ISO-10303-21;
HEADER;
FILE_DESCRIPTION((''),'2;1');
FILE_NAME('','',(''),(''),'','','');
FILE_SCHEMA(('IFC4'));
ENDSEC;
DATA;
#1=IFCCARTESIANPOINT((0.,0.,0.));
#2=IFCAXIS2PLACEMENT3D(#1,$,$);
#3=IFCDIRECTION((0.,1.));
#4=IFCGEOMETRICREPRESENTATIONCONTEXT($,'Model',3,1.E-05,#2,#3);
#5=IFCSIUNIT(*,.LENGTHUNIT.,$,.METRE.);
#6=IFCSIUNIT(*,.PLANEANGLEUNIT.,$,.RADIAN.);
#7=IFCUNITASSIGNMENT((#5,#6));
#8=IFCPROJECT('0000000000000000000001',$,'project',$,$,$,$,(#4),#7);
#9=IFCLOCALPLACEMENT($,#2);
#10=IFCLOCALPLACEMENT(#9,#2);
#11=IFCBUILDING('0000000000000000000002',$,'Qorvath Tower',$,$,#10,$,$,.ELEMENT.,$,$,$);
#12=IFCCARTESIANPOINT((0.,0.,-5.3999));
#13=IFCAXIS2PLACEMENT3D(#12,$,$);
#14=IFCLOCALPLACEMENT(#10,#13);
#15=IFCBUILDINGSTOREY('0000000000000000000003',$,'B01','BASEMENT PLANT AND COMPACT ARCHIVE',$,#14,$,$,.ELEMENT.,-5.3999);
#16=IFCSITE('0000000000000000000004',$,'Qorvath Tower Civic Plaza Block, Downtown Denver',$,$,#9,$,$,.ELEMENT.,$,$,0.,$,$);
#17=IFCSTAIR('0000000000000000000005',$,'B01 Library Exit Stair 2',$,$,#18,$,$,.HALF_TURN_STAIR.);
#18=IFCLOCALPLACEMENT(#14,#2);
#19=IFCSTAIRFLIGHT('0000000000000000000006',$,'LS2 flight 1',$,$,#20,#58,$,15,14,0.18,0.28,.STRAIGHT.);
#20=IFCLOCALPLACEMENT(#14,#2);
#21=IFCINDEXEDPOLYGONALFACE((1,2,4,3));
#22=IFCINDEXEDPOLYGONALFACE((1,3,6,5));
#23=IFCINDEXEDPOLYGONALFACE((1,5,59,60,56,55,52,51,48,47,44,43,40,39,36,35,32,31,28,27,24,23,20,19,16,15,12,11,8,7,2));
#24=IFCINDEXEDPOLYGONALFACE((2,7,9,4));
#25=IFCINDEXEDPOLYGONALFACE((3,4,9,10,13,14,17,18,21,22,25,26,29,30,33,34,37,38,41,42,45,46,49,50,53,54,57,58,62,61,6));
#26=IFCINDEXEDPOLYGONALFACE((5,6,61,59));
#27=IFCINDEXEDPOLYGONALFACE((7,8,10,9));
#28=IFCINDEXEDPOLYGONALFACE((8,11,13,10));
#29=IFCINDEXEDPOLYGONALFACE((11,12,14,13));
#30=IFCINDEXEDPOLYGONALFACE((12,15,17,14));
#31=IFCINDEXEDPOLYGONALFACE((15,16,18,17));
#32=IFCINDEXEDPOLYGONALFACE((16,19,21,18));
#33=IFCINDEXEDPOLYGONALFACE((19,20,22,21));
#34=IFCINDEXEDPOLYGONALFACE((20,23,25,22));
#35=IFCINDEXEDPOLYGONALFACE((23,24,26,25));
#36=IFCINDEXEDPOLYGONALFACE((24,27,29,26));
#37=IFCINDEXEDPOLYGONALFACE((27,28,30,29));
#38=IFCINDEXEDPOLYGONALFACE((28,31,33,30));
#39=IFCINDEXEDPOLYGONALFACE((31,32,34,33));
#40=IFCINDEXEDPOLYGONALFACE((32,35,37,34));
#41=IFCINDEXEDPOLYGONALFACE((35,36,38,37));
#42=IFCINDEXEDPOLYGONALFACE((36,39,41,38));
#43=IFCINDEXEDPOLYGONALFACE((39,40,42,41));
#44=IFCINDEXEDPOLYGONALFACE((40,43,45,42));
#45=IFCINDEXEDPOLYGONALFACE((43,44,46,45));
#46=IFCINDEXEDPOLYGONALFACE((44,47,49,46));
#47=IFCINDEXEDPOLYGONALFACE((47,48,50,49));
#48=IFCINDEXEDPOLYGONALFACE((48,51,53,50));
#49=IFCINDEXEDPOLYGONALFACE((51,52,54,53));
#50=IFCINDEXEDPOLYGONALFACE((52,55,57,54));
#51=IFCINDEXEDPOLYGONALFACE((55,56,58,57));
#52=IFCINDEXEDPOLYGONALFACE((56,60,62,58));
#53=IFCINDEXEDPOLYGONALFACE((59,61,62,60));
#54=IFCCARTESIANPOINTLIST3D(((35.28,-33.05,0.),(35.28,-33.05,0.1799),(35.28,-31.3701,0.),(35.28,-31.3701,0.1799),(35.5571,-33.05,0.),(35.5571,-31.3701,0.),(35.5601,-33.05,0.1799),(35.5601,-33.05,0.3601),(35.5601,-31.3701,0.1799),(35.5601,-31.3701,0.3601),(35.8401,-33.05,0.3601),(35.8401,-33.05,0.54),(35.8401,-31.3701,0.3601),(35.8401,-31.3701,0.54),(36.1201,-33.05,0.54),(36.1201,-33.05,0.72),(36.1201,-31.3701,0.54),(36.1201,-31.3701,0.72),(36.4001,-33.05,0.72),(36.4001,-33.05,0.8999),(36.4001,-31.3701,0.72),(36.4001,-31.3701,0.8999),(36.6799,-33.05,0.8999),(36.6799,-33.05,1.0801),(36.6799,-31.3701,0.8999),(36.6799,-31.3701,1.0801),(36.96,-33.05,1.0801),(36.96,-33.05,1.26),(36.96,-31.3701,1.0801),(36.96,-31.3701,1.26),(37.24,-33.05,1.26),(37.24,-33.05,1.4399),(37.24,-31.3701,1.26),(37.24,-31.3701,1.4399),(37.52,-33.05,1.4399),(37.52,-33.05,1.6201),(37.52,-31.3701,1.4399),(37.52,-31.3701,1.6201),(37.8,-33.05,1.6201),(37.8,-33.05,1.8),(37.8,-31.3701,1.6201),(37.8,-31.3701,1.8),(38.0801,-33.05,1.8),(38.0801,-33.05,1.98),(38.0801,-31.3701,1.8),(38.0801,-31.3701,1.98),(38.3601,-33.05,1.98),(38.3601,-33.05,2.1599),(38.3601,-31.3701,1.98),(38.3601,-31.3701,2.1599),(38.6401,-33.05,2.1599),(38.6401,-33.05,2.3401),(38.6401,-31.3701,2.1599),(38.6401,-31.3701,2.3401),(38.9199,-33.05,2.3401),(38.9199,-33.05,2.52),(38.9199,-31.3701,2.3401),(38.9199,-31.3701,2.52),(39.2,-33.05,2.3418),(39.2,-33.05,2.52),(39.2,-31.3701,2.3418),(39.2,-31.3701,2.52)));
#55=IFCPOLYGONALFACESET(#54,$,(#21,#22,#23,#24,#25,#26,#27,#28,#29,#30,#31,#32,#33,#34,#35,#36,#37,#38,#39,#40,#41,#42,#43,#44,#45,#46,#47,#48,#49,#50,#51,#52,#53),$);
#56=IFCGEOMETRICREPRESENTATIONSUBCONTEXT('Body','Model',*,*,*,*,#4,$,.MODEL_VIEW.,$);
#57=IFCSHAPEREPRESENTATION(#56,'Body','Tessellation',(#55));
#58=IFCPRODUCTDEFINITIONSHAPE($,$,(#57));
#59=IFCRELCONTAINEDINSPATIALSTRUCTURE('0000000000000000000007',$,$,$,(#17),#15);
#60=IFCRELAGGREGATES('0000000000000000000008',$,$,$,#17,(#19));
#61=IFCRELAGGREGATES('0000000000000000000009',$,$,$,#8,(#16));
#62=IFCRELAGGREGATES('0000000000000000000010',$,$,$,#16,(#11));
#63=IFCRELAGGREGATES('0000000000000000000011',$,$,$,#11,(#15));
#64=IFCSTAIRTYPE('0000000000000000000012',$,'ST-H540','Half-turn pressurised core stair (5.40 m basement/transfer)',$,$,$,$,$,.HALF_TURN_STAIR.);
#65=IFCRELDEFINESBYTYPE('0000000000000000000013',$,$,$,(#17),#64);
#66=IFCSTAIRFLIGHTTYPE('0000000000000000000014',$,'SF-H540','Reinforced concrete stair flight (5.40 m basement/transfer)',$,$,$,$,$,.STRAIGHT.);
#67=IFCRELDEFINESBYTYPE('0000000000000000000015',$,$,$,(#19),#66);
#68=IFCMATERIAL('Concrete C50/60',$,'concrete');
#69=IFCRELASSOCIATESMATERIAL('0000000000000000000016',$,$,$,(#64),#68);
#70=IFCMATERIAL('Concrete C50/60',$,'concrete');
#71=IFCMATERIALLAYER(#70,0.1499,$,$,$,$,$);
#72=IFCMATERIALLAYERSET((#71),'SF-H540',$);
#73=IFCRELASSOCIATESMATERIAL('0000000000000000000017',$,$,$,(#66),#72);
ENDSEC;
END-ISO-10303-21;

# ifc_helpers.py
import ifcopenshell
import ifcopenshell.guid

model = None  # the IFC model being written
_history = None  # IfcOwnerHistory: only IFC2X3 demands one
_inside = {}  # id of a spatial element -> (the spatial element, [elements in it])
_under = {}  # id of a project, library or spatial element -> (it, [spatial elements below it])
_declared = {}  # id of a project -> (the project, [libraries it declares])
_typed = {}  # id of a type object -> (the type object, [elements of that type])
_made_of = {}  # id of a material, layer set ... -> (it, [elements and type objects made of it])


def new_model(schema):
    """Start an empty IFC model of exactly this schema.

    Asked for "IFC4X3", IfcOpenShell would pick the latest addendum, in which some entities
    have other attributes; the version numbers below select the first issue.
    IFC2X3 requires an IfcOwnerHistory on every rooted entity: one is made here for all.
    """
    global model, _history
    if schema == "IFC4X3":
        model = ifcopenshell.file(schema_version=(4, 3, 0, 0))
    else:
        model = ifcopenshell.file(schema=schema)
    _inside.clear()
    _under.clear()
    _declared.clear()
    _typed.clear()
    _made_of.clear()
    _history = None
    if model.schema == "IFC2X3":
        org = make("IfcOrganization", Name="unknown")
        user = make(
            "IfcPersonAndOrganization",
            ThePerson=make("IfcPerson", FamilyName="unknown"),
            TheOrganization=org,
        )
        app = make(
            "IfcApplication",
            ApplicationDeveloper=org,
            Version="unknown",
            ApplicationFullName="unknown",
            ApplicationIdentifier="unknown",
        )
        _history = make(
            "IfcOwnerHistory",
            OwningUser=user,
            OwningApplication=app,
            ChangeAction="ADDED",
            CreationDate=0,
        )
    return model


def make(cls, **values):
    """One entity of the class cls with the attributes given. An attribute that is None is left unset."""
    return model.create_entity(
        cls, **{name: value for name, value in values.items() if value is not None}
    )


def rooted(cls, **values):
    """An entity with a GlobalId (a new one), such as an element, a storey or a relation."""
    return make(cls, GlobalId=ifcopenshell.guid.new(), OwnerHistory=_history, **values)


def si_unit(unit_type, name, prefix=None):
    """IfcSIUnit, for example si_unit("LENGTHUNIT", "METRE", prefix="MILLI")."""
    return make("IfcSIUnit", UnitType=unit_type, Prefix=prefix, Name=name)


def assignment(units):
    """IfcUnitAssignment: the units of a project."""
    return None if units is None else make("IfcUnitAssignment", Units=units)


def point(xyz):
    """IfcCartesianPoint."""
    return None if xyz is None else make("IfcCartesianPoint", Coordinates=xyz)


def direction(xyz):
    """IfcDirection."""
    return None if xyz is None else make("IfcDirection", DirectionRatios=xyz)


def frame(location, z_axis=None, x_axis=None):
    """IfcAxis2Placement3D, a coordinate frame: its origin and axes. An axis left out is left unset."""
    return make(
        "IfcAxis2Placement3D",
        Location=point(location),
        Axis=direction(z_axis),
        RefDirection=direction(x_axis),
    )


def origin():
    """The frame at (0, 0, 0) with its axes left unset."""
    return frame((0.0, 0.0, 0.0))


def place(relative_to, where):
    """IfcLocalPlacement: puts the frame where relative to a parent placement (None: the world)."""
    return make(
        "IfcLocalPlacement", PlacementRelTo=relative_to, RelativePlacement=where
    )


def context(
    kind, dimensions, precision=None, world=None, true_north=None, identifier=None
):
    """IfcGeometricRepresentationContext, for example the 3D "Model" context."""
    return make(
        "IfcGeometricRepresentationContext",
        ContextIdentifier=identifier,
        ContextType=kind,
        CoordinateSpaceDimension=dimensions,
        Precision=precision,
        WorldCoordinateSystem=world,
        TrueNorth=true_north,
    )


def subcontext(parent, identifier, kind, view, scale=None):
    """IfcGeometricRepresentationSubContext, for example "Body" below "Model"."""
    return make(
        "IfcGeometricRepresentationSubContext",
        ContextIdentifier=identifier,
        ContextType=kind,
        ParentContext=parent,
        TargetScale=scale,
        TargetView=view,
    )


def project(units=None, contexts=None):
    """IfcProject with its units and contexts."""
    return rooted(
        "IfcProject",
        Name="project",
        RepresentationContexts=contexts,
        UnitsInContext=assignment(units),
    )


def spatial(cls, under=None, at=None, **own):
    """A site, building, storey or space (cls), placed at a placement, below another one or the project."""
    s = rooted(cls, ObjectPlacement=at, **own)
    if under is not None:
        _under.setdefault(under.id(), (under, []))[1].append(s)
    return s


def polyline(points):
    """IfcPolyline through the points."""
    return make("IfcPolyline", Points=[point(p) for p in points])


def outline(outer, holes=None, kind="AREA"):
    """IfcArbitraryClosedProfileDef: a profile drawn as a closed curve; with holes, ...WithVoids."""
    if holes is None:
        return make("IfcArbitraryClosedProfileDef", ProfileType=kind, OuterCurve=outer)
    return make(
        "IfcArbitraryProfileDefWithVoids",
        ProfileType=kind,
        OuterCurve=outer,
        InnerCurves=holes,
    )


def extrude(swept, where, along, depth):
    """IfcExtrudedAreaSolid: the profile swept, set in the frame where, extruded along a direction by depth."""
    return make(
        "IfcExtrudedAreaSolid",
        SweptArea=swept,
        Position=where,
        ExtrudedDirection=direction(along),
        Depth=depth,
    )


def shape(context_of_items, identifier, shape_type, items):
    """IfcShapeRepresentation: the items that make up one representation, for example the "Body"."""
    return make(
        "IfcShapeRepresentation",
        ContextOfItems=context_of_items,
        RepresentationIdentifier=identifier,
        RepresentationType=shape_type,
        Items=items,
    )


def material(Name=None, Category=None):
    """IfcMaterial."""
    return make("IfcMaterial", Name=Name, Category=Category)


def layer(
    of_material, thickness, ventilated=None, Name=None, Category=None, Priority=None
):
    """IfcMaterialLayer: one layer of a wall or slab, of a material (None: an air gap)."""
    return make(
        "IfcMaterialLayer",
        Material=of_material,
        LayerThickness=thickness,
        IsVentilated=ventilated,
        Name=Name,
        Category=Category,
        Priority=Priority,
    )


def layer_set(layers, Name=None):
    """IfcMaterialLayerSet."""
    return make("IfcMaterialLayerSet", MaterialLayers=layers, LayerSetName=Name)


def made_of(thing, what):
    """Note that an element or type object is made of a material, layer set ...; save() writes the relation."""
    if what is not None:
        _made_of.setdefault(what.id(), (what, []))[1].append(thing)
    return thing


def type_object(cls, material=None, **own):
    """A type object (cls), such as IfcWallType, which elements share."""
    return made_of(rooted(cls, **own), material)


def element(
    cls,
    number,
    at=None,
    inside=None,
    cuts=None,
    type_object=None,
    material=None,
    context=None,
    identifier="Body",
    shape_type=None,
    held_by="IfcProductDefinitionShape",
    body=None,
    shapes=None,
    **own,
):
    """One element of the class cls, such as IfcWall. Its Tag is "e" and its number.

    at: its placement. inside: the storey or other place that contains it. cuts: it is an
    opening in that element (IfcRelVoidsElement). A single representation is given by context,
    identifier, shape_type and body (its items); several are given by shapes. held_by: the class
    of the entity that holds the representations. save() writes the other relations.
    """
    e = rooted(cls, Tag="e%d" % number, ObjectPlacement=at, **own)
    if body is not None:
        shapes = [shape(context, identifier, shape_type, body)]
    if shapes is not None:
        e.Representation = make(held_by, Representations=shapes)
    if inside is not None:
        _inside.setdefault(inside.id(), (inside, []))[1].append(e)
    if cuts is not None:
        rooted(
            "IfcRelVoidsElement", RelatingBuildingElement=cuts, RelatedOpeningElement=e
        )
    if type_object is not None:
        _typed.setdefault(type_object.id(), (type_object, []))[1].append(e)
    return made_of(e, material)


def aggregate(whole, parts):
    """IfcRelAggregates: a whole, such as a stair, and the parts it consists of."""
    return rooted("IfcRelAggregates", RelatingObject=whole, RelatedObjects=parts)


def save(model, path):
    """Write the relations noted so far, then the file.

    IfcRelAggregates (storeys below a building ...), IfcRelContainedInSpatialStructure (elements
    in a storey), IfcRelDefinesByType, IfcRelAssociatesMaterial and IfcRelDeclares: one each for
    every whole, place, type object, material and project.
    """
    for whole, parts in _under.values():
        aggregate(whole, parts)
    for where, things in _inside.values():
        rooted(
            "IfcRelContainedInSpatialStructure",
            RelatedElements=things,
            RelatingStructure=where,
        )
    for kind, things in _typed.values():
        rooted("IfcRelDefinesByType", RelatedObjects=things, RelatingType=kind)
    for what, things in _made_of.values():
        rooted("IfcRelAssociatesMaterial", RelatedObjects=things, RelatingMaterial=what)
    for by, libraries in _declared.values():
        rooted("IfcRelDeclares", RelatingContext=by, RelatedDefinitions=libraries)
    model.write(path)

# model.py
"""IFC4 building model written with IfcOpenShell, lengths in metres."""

from ifc_helpers import new_model, si_unit, direction, frame, origin, place, context, subcontext, project, spatial, polyline, outline, extrude, material, layer, layer_set, type_object, element, aggregate, save


model = new_model("IFC4")

# Units and contexts
model_context = context("Model", 3, precision=1e-05, world=origin(), true_north=direction((0.0, 1.0)))
body_context = subcontext(model_context, "Body", "Model", "MODEL_VIEW")
ifc_project = project(units=[si_unit("LENGTHUNIT", "METRE"), si_unit("PLANEANGLEUNIT", "RADIAN")], contexts=[model_context])

# Site, building, storey
site_placement = place(None, origin())
site = spatial("IfcSite", under=ifc_project, at=site_placement, Name="Qorvath Tower Civic Plaza Block, Downtown Denver", CompositionType="ELEMENT", RefElevation=0.0)
building_placement = place(site_placement, origin())
building = spatial("IfcBuilding", under=site, at=building_placement, Name="Qorvath Tower", CompositionType="ELEMENT")
storey_placement = place(building_placement, frame((0.0, 0.0, -5.3999)))
storey = spatial("IfcBuildingStorey", under=building, at=storey_placement, Name="B01", Description="BASEMENT PLANT AND COMPACT ARCHIVE", CompositionType="ELEMENT", Elevation=-5.3999)

# Stair, stair flight
ifc_material_1 = material(Name="Concrete C50/60", Category="concrete")
stair_type = type_object("IfcStairType", Name="ST-H540", Description="Half-turn pressurised core stair (5.40 m basement/transfer)", PredefinedType="HALF_TURN_STAIR", material=ifc_material_1)
stair_placement = place(storey_placement, origin())
stair = element("IfcStair", 1, at=stair_placement, inside=storey, type_object=stair_type, Name="B01 Library Exit Stair 2", PredefinedType="HALF_TURN_STAIR")
ifc_material_2 = material(Name="Concrete C50/60", Category="concrete")
ifc_layer_1 = layer(ifc_material_2, 0.1499)
ifc_layer_set_1 = layer_set([ifc_layer_1], Name="SF-H540")
stair_flight_type = type_object("IfcStairFlightType", Name="SF-H540", Description="Reinforced concrete stair flight (5.40 m basement/transfer)", PredefinedType="STRAIGHT", material=ifc_layer_set_1)
stair_flight_placement = place(storey_placement, frame((35.28, -32.21, 0.0), z_axis=(0.0, 0.0, 1.0), x_axis=(1.0, 0.0, 0.0)))
stair_flight = element("IfcStairFlight", 2, at=stair_flight_placement, type_object=stair_flight_type, Name="LS2 flight 1", NumberOfRisers=15, NumberOfTreads=14, PredefinedType="STRAIGHT", RiserHeight=0.18, TreadLength=0.28, context=body_context, shape_type="SweptSolid", body=[
    extrude(outline(polyline([(0.0, 0.0), (0.0, 0.1799), (0.28, 0.1799), (0.28, 0.3601), (0.5601, 0.3601), (0.5601, 0.54), (0.8401, 0.54), (0.8401, 0.72), (1.1201, 0.72), (1.1201, 0.8999), (1.3999, 0.8999), (1.3999, 1.0801), (1.6799, 1.0801), (1.6799, 1.26), (1.96, 1.26), (1.96, 1.4399), (2.24, 1.4399), (2.24, 1.6201), (2.52, 1.6201), (2.52, 1.8), (2.8, 1.8), (2.8, 1.98), (3.0801, 1.98), (3.0801, 2.1599), (3.3601, 2.1599), (3.3601, 2.3401), (3.6399, 2.3401), (3.6399, 2.52), (3.9199, 2.52), (3.9199, 2.7), (3.9199, 2.3418), (0.2771, 0.0), (0.0, 0.0)])), frame((0.0, 0.8398, 0.0), z_axis=(0.0, -1.0, 0.0), x_axis=(1.0, 0.0, 0.0)), (0.0, 0.0, 1.0), 1.6799),
])
aggregate(stair, [stair_flight])

save(model, "model.ifc")
